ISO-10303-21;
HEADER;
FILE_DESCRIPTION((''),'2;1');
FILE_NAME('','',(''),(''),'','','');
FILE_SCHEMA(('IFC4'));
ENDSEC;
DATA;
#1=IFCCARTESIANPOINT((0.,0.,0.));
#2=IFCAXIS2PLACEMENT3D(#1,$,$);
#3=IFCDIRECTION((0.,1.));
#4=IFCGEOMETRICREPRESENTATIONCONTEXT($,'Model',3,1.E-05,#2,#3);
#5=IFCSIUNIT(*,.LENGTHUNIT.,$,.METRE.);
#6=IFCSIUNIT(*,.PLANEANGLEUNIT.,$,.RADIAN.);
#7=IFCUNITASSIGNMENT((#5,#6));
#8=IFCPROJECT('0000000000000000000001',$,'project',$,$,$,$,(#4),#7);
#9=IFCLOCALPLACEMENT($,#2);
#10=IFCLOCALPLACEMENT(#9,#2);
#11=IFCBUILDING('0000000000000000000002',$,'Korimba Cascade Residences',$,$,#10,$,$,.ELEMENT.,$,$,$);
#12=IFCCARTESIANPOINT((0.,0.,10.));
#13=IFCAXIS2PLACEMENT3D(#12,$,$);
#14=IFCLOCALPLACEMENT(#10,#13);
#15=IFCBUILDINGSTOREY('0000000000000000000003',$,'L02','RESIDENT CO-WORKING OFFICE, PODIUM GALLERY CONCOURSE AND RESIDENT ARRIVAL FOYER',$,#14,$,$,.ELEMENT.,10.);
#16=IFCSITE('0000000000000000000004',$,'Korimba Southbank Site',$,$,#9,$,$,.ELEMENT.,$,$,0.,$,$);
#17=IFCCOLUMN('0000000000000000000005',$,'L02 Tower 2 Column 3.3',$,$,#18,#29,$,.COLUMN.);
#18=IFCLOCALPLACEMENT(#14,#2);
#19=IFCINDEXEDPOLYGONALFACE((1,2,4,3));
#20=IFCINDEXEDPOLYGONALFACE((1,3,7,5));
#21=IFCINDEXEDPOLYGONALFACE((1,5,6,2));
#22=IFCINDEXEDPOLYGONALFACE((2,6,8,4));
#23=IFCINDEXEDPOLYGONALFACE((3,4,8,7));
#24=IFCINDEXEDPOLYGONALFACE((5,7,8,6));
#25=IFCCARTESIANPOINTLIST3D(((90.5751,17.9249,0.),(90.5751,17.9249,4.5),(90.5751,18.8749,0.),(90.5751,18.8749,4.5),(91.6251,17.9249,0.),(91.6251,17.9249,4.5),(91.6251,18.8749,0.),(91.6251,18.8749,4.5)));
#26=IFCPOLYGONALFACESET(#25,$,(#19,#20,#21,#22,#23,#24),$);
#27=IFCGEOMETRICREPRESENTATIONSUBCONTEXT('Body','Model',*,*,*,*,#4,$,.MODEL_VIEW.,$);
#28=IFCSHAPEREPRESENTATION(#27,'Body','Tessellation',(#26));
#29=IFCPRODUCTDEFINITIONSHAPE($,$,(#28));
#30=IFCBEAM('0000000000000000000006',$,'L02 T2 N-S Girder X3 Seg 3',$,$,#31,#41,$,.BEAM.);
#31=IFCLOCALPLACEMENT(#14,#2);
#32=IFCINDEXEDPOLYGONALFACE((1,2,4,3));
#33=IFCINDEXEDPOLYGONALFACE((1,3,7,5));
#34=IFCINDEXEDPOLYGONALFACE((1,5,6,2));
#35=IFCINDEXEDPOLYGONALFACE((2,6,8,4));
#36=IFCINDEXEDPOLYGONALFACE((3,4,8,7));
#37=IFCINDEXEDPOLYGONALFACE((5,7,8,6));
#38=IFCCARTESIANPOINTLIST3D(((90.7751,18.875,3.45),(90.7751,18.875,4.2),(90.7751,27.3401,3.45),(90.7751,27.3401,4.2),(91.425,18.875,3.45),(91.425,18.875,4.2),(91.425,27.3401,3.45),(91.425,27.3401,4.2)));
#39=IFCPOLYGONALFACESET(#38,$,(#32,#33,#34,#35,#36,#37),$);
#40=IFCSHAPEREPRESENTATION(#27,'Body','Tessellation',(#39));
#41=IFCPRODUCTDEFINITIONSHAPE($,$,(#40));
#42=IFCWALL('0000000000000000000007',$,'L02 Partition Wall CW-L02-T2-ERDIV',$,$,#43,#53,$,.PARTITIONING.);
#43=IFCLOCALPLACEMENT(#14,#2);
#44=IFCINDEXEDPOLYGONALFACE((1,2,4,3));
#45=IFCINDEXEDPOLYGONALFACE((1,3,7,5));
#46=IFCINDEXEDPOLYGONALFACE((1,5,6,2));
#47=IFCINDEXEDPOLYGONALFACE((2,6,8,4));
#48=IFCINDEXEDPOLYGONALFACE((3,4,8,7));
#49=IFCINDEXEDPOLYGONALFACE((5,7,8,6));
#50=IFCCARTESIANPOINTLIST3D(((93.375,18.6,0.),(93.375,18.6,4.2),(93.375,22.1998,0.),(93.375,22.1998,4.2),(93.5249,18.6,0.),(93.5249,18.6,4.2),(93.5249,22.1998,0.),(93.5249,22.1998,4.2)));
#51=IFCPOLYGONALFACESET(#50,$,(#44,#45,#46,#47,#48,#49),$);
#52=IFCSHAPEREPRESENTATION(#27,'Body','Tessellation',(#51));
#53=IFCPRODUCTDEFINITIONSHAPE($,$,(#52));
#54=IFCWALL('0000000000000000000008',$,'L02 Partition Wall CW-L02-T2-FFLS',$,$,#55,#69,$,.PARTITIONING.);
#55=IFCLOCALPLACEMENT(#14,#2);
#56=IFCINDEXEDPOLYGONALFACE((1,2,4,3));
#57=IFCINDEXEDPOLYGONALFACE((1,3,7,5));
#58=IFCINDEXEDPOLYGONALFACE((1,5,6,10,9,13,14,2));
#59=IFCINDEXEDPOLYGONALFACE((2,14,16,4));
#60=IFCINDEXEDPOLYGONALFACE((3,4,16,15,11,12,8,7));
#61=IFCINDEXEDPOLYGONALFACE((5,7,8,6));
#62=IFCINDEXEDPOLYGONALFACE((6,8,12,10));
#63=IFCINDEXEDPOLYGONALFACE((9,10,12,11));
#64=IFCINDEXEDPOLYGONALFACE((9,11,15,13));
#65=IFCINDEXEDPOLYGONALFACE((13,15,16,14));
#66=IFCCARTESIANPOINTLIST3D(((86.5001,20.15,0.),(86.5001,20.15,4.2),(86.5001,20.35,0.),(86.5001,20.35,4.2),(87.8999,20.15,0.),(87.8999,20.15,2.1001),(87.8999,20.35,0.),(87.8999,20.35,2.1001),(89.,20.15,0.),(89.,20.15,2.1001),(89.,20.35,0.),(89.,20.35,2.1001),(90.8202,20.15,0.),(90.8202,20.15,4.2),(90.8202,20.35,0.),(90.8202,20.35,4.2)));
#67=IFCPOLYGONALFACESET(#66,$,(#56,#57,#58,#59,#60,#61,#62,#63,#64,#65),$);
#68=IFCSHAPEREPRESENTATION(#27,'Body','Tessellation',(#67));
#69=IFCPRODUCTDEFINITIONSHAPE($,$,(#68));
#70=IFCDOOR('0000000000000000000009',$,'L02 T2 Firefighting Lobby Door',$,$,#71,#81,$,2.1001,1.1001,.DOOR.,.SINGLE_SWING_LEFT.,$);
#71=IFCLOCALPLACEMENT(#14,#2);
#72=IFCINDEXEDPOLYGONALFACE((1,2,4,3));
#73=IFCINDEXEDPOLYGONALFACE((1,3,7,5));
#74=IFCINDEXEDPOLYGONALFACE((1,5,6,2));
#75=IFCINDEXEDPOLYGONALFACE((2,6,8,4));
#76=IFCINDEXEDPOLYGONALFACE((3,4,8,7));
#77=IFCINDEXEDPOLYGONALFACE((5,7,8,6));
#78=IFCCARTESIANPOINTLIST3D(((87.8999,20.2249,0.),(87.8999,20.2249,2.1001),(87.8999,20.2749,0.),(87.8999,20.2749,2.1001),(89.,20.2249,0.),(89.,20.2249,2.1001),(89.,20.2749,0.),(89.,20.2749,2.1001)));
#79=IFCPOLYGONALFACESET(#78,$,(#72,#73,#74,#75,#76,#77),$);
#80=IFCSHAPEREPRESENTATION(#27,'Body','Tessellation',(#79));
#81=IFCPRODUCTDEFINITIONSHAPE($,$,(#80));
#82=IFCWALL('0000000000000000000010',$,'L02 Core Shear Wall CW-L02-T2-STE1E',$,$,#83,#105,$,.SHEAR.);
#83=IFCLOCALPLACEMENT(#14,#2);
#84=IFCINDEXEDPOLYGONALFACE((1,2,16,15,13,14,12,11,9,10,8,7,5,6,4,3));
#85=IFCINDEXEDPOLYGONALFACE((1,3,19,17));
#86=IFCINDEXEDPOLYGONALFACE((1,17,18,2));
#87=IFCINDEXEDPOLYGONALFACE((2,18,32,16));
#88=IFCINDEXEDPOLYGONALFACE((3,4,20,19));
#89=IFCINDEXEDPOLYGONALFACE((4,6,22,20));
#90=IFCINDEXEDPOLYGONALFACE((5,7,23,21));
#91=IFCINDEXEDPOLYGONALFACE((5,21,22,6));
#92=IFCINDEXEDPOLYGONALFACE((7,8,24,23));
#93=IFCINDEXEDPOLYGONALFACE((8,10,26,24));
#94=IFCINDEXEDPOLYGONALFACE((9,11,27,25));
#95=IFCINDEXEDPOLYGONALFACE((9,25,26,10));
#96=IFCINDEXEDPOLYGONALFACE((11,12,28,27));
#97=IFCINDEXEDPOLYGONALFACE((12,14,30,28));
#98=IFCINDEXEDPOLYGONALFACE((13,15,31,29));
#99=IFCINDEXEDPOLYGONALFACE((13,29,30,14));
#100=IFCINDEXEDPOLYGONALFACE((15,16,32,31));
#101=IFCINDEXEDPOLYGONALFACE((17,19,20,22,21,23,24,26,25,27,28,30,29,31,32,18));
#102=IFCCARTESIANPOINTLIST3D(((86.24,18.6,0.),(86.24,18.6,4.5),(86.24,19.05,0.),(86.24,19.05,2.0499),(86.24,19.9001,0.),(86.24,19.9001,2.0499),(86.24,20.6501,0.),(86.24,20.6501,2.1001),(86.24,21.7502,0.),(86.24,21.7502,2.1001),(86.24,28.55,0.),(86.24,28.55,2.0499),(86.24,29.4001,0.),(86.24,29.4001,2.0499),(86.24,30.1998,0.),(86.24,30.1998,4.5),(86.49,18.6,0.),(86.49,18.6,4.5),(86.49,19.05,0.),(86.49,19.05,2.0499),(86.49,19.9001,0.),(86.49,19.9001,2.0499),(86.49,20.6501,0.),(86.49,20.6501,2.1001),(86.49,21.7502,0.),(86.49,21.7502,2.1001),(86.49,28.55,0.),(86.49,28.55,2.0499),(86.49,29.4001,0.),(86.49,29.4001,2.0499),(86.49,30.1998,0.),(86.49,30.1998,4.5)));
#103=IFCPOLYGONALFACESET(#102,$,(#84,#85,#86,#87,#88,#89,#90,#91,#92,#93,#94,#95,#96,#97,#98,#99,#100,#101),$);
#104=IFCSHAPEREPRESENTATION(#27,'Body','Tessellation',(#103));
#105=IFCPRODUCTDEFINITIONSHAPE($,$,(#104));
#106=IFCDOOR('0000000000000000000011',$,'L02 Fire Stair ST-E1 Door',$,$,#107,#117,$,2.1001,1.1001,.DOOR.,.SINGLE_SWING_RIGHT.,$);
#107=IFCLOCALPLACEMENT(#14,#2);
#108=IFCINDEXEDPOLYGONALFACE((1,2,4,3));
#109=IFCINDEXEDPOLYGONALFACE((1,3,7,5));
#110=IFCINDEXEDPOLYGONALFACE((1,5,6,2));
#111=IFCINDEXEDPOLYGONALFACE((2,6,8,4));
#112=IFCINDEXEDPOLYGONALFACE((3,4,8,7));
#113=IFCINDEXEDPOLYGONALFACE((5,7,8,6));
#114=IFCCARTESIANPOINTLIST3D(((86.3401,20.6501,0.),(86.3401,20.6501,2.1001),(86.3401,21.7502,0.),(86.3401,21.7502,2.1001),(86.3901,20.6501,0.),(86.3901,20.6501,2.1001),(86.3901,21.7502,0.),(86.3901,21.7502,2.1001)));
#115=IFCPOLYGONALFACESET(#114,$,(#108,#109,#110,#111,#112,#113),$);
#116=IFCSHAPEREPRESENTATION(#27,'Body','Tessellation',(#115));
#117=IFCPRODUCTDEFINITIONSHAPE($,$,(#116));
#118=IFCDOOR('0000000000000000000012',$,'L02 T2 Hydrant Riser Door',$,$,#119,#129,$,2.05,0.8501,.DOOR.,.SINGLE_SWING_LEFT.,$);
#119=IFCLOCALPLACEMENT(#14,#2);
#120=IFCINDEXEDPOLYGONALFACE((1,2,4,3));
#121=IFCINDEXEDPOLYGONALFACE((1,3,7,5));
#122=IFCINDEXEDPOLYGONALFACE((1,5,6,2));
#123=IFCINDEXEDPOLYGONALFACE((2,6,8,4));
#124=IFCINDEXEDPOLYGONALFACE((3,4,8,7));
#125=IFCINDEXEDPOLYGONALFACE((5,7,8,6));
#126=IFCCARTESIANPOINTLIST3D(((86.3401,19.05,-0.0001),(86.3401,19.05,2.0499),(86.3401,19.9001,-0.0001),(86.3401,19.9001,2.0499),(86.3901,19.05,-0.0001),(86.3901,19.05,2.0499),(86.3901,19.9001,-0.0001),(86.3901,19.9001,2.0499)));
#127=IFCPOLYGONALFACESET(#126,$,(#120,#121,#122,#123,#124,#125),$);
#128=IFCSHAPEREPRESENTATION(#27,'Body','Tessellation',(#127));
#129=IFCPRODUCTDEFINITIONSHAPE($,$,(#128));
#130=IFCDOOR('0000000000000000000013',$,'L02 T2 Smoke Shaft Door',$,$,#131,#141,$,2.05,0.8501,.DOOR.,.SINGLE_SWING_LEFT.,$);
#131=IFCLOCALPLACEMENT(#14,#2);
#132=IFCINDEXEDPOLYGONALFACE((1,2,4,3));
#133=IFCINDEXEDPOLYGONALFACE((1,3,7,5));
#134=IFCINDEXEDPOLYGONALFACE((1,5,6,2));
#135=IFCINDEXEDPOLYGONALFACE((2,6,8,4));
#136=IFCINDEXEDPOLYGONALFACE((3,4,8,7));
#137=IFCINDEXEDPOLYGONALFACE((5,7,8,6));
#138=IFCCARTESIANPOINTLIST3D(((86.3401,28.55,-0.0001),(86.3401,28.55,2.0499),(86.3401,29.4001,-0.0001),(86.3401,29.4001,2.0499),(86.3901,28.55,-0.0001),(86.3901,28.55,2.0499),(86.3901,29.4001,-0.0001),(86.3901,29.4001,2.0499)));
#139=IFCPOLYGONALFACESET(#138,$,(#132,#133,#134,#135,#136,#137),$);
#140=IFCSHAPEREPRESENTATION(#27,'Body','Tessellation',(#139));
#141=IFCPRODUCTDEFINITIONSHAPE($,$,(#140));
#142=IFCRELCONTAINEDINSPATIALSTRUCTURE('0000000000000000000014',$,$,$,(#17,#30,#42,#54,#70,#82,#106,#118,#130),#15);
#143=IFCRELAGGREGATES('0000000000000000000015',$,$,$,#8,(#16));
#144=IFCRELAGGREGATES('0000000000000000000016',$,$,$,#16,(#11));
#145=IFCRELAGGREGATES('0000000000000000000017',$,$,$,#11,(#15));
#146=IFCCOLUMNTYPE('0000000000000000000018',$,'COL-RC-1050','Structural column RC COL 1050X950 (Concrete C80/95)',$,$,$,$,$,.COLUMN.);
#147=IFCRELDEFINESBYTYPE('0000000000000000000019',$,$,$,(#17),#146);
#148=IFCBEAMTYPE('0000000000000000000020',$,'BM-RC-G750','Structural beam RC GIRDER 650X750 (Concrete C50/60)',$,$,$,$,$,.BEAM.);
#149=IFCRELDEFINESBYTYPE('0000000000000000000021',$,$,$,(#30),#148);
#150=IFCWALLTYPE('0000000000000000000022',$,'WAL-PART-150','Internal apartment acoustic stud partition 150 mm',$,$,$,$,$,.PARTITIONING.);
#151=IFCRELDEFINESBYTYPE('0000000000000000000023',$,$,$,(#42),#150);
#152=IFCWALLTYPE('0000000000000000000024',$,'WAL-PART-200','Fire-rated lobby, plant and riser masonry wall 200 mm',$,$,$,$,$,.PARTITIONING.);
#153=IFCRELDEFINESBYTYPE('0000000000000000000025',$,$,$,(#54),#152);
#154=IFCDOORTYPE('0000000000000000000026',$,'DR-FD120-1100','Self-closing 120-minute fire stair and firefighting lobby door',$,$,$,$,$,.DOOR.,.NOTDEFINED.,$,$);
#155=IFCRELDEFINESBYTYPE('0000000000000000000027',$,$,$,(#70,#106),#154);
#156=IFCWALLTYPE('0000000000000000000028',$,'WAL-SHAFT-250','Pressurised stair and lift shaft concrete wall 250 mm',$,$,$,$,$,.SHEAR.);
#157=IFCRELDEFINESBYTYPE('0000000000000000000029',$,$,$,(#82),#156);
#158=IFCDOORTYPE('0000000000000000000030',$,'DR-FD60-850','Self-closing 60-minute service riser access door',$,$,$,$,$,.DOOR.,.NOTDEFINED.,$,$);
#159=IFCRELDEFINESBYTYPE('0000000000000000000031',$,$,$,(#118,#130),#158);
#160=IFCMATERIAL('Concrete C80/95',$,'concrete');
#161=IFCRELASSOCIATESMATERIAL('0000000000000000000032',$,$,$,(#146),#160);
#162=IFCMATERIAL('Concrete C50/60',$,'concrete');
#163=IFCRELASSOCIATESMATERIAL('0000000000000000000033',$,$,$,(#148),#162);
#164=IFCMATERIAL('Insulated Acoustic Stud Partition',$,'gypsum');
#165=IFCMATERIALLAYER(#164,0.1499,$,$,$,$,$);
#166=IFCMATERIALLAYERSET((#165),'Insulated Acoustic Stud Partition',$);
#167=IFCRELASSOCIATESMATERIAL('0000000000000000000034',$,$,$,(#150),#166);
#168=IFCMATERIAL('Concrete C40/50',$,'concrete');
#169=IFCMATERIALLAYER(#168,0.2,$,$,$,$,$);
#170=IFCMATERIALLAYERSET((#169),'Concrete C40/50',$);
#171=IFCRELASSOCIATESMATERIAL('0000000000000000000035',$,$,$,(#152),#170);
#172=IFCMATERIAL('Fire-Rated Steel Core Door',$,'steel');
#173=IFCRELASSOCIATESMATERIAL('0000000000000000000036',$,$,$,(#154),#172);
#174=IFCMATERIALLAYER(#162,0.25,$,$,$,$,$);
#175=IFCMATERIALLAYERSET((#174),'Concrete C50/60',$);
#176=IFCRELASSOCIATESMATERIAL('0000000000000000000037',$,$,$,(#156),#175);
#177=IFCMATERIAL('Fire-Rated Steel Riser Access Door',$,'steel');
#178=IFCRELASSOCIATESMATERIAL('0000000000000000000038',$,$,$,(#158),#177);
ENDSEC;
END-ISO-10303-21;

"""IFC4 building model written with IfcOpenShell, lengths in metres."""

from ifc_helpers import new_model, si_unit, direction, frame, frame_2d, origin, origin_2d, place, context, subcontext, project, spatial, rectangle, extrude, material, layer, layer_set, material_profile, profile_set, type_object, element, fill, save


model = new_model("IFC4")

# Units and contexts
model_context = context("Model", 3, precision=1e-05, world=origin(), true_north=direction((0.0, 1.0)))
body_context = subcontext(model_context, "Body", "Model", "MODEL_VIEW")
ifc_project = project(units=[si_unit("LENGTHUNIT", "METRE"), si_unit("PLANEANGLEUNIT", "RADIAN")], contexts=[model_context])

# Site, building, storey
site_placement = place(None, origin())
site = spatial("IfcSite", under=ifc_project, at=site_placement, Name="Korimba Southbank Site", CompositionType="ELEMENT", RefElevation=0.0)
building_placement = place(site_placement, origin())
building = spatial("IfcBuilding", under=site, at=building_placement, Name="Korimba Cascade Residences", CompositionType="ELEMENT")
storey_placement = place(building_placement, frame((0.0, 0.0, 10.0)))
storey = spatial("IfcBuildingStorey", under=building, at=storey_placement, Name="L02", Description="RESIDENT CO-WORKING OFFICE, PODIUM GALLERY CONCOURSE AND RESIDENT ARRIVAL FOYER", CompositionType="ELEMENT", Elevation=10.0)

# Column
ifc_material_1 = material(Name="Concrete C80/95", Category="concrete")
ifc_material_profile_1 = material_profile(ifc_material_1, rectangle(XDim=1.05, YDim=0.95, at=origin_2d()), Name="Concrete C80/95")
ifc_profile_set_1 = profile_set([ifc_material_profile_1], Name="Concrete C80/95")
column_type = type_object("IfcColumnType", Name="COL-RC-1050", Description="Structural column RC COL 1050X950 (Concrete C80/95)", PredefinedType="COLUMN", material=ifc_profile_set_1)
column_placement = place(storey_placement, frame((91.1001, 18.3999, 0.0), z_axis=(0.0, 0.0, 1.0), x_axis=(1.0, 0.0, 0.0)))
element("IfcColumn", 1, at=column_placement, inside=storey, type_object=column_type, Name="L02 Tower 2 Column 3.3", PredefinedType="COLUMN", context=body_context, shape_type="SweptSolid", body=[
    extrude(rectangle(XDim=1.05, YDim=0.95, at=origin_2d()), origin(), (0.0, 0.0, 1.0), 4.5),
])

# Beam
ifc_material_2 = material(Name="Concrete C50/60", Category="concrete")
ifc_material_profile_2 = material_profile(ifc_material_2, rectangle(XDim=0.6499, YDim=0.75, at=origin_2d()), Name="Concrete C50/60")
ifc_profile_set_2 = profile_set([ifc_material_profile_2], Name="Concrete C50/60")
beam_type = type_object("IfcBeamType", Name="BM-RC-G750", Description="Structural beam RC GIRDER 650X750 (Concrete C50/60)", PredefinedType="BEAM", material=ifc_profile_set_2)
beam_placement = place(storey_placement, frame((91.1001, 18.875, 3.825), z_axis=(0.0, 1.0, 0.0), x_axis=(-1.0, 0.0, 0.0)))
element("IfcBeam", 2, at=beam_placement, inside=storey, type_object=beam_type, Name="L02 T2 N-S Girder X3 Seg 3", PredefinedType="BEAM", context=body_context, shape_type="SweptSolid", body=[
    extrude(rectangle(XDim=0.6499, YDim=0.75, at=origin_2d()), origin(), (0.0, 0.0, 1.0), 8.4651),
])

# Wall
ifc_material_3 = material(Name="Insulated Acoustic Stud Partition", Category="gypsum")
ifc_layer_1 = layer(ifc_material_3, 0.1499)
ifc_layer_set_1 = layer_set([ifc_layer_1], Name="Insulated Acoustic Stud Partition")
wall_type_1 = type_object("IfcWallType", Name="WAL-PART-150", Description="Internal apartment acoustic stud partition 150 mm", PredefinedType="PARTITIONING", material=ifc_layer_set_1)
wall_1_placement = place(storey_placement, frame((93.45, 18.6001, 0.0), z_axis=(0.0, 0.0, 1.0), x_axis=(0.0, 1.0, 0.0)))
element("IfcWall", 3, at=wall_1_placement, inside=storey, type_object=wall_type_1, Name="L02 Partition Wall CW-L02-T2-ERDIV", PredefinedType="PARTITIONING", context=body_context, shape_type="SweptSolid", body=[
    extrude(rectangle(XDim=3.5999, YDim=0.1499, at=frame_2d((1.7998, 0.0))), origin(), (0.0, 0.0, 1.0), 4.2),
])

# Wall, opening, door
ifc_material_4 = material(Name="Concrete C40/50", Category="concrete")
ifc_layer_2 = layer(ifc_material_4, 0.2)
ifc_layer_set_2 = layer_set([ifc_layer_2], Name="Concrete C40/50")
wall_type_2 = type_object("IfcWallType", Name="WAL-PART-200", Description="Fire-rated lobby, plant and riser masonry wall 200 mm", PredefinedType="PARTITIONING", material=ifc_layer_set_2)
wall_2_placement = place(storey_placement, frame((86.5, 20.25, 0.0), z_axis=(0.0, 0.0, 1.0), x_axis=(1.0, 0.0, 0.0)))
wall_2 = element("IfcWall", 4, at=wall_2_placement, inside=storey, type_object=wall_type_2, Name="L02 Partition Wall CW-L02-T2-FFLS", PredefinedType="PARTITIONING", context=body_context, shape_type="SweptSolid", body=[
    extrude(rectangle(XDim=4.3201, YDim=0.2, at=frame_2d((2.1602, 0.0))), origin(), (0.0, 0.0, 1.0), 4.2),
])
opening_1_placement = place(wall_2_placement, frame((1.3999, 0.0, 0.0)))
opening_1 = element("IfcOpeningElement", 5, at=opening_1_placement, cuts=wall_2, PredefinedType="OPENING", context=body_context, shape_type="SweptSolid", body=[
    extrude(rectangle(XDim=1.1001, YDim=2.1001, at=frame_2d((0.55, 1.05))), frame((0.0, 0.1099, 0.0), z_axis=(0.0, -1.0, 0.0), x_axis=(1.0, 0.0, 0.0)), (0.0, 0.0, 1.0), 0.22),
])
ifc_material_5 = material(Name="Fire-Rated Steel Core Door", Category="steel")
door_type_1 = type_object("IfcDoorType", Name="DR-FD120-1100", Description="Self-closing 120-minute fire stair and firefighting lobby door", OperationType="NOTDEFINED", PredefinedType="DOOR", material=ifc_material_5)
door_1_placement = place(opening_1_placement, origin())
door_1 = element("IfcDoor", 6, at=door_1_placement, inside=storey, type_object=door_type_1, Name="L02 T2 Firefighting Lobby Door", OperationType="SINGLE_SWING_LEFT", OverallHeight=2.1001, OverallWidth=1.1001, PredefinedType="DOOR", context=body_context, shape_type="SweptSolid", body=[
    extrude(rectangle(XDim=1.1001, YDim=2.1001, at=frame_2d((0.55, 1.05))), frame((0.0, 0.0249, 0.0), z_axis=(0.0, -1.0, 0.0), x_axis=(1.0, 0.0, 0.0)), (0.0, 0.0, 1.0), 0.05),
])
fill(opening_1, door_1)

# Wall, openings, doors
ifc_layer_3 = layer(ifc_material_2, 0.25)
ifc_layer_set_3 = layer_set([ifc_layer_3], Name="Concrete C50/60")
wall_type_3 = type_object("IfcWallType", Name="WAL-SHAFT-250", Description="Pressurised stair and lift shaft concrete wall 250 mm", PredefinedType="SHEAR", material=ifc_layer_set_3)
wall_3_placement = place(storey_placement, frame((86.365, 18.6001, 0.0), z_axis=(0.0, 0.0, 1.0), x_axis=(0.0, 1.0, 0.0)))
wall_3 = element("IfcWall", 7, at=wall_3_placement, inside=storey, type_object=wall_type_3, Name="L02 Core Shear Wall CW-L02-T2-STE1E", PredefinedType="SHEAR", context=body_context, shape_type="SweptSolid", body=[
    extrude(rectangle(XDim=11.5999, YDim=0.25, at=frame_2d((5.7998, 0.0))), origin(), (0.0, 0.0, 1.0), 4.5),
])
opening_2_placement = place(wall_3_placement, frame((0.45, 0.0, 0.0)))
opening_2 = element("IfcOpeningElement", 8, at=opening_2_placement, cuts=wall_3, PredefinedType="OPENING", context=body_context, shape_type="SweptSolid", body=[
    extrude(rectangle(XDim=0.8501, YDim=2.05, at=frame_2d((0.425, 1.0249))), frame((0.0, 0.135, 0.0), z_axis=(0.0, -1.0, 0.0), x_axis=(1.0, 0.0, 0.0)), (0.0, 0.0, 1.0), 0.27),
])
opening_3_placement = place(wall_3_placement, frame((2.05, 0.0, 0.0)))
opening_3 = element("IfcOpeningElement", 9, at=opening_3_placement, cuts=wall_3, PredefinedType="OPENING", context=body_context, shape_type="SweptSolid", body=[
    extrude(rectangle(XDim=1.1001, YDim=2.1001, at=frame_2d((0.55, 1.05))), frame((0.0, 0.135, 0.0), z_axis=(0.0, -1.0, 0.0), x_axis=(1.0, 0.0, 0.0)), (0.0, 0.0, 1.0), 0.27),
])
opening_4_placement = place(wall_3_placement, frame((9.95, 0.0, 0.0)))
opening_4 = element("IfcOpeningElement", 10, at=opening_4_placement, cuts=wall_3, PredefinedType="OPENING", context=body_context, shape_type="SweptSolid", body=[
    extrude(rectangle(XDim=0.8501, YDim=2.05, at=frame_2d((0.425, 1.0249))), frame((0.0, 0.135, 0.0), z_axis=(0.0, -1.0, 0.0), x_axis=(1.0, 0.0, 0.0)), (0.0, 0.0, 1.0), 0.27),
])
door_2_placement = place(opening_3_placement, origin())
door_2 = element("IfcDoor", 11, at=door_2_placement, inside=storey, type_object=door_type_1, Name="L02 Fire Stair ST-E1 Door", OperationType="SINGLE_SWING_RIGHT", OverallHeight=2.1001, OverallWidth=1.1001, PredefinedType="DOOR", context=body_context, shape_type="SweptSolid", body=[
    extrude(rectangle(XDim=1.1001, YDim=2.1001, at=frame_2d((0.55, 1.05))), frame((0.0, 0.0249, 0.0), z_axis=(0.0, -1.0, 0.0), x_axis=(1.0, 0.0, 0.0)), (0.0, 0.0, 1.0), 0.05),
])
fill(opening_3, door_2)
ifc_material_6 = material(Name="Fire-Rated Steel Riser Access Door", Category="steel")
door_type_2 = type_object("IfcDoorType", Name="DR-FD60-850", Description="Self-closing 60-minute service riser access door", OperationType="NOTDEFINED", PredefinedType="DOOR", material=ifc_material_6)
door_3_placement = place(opening_2_placement, origin())
door_3 = element("IfcDoor", 12, at=door_3_placement, inside=storey, type_object=door_type_2, Name="L02 T2 Hydrant Riser Door", OperationType="SINGLE_SWING_LEFT", OverallHeight=2.05, OverallWidth=0.8501, PredefinedType="DOOR", context=body_context, shape_type="SweptSolid", body=[
    extrude(rectangle(XDim=0.8501, YDim=2.05, at=frame_2d((0.425, 1.0249))), frame((0.0, 0.0249, 0.0), z_axis=(0.0, -1.0, 0.0), x_axis=(1.0, 0.0, 0.0)), (0.0, 0.0, 1.0), 0.05),
])
fill(opening_2, door_3)
door_4_placement = place(opening_4_placement, origin())
door_4 = element("IfcDoor", 13, at=door_4_placement, inside=storey, type_object=door_type_2, Name="L02 T2 Smoke Shaft Door", OperationType="SINGLE_SWING_LEFT", OverallHeight=2.05, OverallWidth=0.8501, PredefinedType="DOOR", context=body_context, shape_type="SweptSolid", body=[
    extrude(rectangle(XDim=0.8501, YDim=2.05, at=frame_2d((0.425, 1.0249))), frame((0.0, 0.0249, 0.0), z_axis=(0.0, -1.0, 0.0), x_axis=(1.0, 0.0, 0.0)), (0.0, 0.0, 1.0), 0.05),
])
fill(opening_4, door_4)

save(model, "model.ifc")
